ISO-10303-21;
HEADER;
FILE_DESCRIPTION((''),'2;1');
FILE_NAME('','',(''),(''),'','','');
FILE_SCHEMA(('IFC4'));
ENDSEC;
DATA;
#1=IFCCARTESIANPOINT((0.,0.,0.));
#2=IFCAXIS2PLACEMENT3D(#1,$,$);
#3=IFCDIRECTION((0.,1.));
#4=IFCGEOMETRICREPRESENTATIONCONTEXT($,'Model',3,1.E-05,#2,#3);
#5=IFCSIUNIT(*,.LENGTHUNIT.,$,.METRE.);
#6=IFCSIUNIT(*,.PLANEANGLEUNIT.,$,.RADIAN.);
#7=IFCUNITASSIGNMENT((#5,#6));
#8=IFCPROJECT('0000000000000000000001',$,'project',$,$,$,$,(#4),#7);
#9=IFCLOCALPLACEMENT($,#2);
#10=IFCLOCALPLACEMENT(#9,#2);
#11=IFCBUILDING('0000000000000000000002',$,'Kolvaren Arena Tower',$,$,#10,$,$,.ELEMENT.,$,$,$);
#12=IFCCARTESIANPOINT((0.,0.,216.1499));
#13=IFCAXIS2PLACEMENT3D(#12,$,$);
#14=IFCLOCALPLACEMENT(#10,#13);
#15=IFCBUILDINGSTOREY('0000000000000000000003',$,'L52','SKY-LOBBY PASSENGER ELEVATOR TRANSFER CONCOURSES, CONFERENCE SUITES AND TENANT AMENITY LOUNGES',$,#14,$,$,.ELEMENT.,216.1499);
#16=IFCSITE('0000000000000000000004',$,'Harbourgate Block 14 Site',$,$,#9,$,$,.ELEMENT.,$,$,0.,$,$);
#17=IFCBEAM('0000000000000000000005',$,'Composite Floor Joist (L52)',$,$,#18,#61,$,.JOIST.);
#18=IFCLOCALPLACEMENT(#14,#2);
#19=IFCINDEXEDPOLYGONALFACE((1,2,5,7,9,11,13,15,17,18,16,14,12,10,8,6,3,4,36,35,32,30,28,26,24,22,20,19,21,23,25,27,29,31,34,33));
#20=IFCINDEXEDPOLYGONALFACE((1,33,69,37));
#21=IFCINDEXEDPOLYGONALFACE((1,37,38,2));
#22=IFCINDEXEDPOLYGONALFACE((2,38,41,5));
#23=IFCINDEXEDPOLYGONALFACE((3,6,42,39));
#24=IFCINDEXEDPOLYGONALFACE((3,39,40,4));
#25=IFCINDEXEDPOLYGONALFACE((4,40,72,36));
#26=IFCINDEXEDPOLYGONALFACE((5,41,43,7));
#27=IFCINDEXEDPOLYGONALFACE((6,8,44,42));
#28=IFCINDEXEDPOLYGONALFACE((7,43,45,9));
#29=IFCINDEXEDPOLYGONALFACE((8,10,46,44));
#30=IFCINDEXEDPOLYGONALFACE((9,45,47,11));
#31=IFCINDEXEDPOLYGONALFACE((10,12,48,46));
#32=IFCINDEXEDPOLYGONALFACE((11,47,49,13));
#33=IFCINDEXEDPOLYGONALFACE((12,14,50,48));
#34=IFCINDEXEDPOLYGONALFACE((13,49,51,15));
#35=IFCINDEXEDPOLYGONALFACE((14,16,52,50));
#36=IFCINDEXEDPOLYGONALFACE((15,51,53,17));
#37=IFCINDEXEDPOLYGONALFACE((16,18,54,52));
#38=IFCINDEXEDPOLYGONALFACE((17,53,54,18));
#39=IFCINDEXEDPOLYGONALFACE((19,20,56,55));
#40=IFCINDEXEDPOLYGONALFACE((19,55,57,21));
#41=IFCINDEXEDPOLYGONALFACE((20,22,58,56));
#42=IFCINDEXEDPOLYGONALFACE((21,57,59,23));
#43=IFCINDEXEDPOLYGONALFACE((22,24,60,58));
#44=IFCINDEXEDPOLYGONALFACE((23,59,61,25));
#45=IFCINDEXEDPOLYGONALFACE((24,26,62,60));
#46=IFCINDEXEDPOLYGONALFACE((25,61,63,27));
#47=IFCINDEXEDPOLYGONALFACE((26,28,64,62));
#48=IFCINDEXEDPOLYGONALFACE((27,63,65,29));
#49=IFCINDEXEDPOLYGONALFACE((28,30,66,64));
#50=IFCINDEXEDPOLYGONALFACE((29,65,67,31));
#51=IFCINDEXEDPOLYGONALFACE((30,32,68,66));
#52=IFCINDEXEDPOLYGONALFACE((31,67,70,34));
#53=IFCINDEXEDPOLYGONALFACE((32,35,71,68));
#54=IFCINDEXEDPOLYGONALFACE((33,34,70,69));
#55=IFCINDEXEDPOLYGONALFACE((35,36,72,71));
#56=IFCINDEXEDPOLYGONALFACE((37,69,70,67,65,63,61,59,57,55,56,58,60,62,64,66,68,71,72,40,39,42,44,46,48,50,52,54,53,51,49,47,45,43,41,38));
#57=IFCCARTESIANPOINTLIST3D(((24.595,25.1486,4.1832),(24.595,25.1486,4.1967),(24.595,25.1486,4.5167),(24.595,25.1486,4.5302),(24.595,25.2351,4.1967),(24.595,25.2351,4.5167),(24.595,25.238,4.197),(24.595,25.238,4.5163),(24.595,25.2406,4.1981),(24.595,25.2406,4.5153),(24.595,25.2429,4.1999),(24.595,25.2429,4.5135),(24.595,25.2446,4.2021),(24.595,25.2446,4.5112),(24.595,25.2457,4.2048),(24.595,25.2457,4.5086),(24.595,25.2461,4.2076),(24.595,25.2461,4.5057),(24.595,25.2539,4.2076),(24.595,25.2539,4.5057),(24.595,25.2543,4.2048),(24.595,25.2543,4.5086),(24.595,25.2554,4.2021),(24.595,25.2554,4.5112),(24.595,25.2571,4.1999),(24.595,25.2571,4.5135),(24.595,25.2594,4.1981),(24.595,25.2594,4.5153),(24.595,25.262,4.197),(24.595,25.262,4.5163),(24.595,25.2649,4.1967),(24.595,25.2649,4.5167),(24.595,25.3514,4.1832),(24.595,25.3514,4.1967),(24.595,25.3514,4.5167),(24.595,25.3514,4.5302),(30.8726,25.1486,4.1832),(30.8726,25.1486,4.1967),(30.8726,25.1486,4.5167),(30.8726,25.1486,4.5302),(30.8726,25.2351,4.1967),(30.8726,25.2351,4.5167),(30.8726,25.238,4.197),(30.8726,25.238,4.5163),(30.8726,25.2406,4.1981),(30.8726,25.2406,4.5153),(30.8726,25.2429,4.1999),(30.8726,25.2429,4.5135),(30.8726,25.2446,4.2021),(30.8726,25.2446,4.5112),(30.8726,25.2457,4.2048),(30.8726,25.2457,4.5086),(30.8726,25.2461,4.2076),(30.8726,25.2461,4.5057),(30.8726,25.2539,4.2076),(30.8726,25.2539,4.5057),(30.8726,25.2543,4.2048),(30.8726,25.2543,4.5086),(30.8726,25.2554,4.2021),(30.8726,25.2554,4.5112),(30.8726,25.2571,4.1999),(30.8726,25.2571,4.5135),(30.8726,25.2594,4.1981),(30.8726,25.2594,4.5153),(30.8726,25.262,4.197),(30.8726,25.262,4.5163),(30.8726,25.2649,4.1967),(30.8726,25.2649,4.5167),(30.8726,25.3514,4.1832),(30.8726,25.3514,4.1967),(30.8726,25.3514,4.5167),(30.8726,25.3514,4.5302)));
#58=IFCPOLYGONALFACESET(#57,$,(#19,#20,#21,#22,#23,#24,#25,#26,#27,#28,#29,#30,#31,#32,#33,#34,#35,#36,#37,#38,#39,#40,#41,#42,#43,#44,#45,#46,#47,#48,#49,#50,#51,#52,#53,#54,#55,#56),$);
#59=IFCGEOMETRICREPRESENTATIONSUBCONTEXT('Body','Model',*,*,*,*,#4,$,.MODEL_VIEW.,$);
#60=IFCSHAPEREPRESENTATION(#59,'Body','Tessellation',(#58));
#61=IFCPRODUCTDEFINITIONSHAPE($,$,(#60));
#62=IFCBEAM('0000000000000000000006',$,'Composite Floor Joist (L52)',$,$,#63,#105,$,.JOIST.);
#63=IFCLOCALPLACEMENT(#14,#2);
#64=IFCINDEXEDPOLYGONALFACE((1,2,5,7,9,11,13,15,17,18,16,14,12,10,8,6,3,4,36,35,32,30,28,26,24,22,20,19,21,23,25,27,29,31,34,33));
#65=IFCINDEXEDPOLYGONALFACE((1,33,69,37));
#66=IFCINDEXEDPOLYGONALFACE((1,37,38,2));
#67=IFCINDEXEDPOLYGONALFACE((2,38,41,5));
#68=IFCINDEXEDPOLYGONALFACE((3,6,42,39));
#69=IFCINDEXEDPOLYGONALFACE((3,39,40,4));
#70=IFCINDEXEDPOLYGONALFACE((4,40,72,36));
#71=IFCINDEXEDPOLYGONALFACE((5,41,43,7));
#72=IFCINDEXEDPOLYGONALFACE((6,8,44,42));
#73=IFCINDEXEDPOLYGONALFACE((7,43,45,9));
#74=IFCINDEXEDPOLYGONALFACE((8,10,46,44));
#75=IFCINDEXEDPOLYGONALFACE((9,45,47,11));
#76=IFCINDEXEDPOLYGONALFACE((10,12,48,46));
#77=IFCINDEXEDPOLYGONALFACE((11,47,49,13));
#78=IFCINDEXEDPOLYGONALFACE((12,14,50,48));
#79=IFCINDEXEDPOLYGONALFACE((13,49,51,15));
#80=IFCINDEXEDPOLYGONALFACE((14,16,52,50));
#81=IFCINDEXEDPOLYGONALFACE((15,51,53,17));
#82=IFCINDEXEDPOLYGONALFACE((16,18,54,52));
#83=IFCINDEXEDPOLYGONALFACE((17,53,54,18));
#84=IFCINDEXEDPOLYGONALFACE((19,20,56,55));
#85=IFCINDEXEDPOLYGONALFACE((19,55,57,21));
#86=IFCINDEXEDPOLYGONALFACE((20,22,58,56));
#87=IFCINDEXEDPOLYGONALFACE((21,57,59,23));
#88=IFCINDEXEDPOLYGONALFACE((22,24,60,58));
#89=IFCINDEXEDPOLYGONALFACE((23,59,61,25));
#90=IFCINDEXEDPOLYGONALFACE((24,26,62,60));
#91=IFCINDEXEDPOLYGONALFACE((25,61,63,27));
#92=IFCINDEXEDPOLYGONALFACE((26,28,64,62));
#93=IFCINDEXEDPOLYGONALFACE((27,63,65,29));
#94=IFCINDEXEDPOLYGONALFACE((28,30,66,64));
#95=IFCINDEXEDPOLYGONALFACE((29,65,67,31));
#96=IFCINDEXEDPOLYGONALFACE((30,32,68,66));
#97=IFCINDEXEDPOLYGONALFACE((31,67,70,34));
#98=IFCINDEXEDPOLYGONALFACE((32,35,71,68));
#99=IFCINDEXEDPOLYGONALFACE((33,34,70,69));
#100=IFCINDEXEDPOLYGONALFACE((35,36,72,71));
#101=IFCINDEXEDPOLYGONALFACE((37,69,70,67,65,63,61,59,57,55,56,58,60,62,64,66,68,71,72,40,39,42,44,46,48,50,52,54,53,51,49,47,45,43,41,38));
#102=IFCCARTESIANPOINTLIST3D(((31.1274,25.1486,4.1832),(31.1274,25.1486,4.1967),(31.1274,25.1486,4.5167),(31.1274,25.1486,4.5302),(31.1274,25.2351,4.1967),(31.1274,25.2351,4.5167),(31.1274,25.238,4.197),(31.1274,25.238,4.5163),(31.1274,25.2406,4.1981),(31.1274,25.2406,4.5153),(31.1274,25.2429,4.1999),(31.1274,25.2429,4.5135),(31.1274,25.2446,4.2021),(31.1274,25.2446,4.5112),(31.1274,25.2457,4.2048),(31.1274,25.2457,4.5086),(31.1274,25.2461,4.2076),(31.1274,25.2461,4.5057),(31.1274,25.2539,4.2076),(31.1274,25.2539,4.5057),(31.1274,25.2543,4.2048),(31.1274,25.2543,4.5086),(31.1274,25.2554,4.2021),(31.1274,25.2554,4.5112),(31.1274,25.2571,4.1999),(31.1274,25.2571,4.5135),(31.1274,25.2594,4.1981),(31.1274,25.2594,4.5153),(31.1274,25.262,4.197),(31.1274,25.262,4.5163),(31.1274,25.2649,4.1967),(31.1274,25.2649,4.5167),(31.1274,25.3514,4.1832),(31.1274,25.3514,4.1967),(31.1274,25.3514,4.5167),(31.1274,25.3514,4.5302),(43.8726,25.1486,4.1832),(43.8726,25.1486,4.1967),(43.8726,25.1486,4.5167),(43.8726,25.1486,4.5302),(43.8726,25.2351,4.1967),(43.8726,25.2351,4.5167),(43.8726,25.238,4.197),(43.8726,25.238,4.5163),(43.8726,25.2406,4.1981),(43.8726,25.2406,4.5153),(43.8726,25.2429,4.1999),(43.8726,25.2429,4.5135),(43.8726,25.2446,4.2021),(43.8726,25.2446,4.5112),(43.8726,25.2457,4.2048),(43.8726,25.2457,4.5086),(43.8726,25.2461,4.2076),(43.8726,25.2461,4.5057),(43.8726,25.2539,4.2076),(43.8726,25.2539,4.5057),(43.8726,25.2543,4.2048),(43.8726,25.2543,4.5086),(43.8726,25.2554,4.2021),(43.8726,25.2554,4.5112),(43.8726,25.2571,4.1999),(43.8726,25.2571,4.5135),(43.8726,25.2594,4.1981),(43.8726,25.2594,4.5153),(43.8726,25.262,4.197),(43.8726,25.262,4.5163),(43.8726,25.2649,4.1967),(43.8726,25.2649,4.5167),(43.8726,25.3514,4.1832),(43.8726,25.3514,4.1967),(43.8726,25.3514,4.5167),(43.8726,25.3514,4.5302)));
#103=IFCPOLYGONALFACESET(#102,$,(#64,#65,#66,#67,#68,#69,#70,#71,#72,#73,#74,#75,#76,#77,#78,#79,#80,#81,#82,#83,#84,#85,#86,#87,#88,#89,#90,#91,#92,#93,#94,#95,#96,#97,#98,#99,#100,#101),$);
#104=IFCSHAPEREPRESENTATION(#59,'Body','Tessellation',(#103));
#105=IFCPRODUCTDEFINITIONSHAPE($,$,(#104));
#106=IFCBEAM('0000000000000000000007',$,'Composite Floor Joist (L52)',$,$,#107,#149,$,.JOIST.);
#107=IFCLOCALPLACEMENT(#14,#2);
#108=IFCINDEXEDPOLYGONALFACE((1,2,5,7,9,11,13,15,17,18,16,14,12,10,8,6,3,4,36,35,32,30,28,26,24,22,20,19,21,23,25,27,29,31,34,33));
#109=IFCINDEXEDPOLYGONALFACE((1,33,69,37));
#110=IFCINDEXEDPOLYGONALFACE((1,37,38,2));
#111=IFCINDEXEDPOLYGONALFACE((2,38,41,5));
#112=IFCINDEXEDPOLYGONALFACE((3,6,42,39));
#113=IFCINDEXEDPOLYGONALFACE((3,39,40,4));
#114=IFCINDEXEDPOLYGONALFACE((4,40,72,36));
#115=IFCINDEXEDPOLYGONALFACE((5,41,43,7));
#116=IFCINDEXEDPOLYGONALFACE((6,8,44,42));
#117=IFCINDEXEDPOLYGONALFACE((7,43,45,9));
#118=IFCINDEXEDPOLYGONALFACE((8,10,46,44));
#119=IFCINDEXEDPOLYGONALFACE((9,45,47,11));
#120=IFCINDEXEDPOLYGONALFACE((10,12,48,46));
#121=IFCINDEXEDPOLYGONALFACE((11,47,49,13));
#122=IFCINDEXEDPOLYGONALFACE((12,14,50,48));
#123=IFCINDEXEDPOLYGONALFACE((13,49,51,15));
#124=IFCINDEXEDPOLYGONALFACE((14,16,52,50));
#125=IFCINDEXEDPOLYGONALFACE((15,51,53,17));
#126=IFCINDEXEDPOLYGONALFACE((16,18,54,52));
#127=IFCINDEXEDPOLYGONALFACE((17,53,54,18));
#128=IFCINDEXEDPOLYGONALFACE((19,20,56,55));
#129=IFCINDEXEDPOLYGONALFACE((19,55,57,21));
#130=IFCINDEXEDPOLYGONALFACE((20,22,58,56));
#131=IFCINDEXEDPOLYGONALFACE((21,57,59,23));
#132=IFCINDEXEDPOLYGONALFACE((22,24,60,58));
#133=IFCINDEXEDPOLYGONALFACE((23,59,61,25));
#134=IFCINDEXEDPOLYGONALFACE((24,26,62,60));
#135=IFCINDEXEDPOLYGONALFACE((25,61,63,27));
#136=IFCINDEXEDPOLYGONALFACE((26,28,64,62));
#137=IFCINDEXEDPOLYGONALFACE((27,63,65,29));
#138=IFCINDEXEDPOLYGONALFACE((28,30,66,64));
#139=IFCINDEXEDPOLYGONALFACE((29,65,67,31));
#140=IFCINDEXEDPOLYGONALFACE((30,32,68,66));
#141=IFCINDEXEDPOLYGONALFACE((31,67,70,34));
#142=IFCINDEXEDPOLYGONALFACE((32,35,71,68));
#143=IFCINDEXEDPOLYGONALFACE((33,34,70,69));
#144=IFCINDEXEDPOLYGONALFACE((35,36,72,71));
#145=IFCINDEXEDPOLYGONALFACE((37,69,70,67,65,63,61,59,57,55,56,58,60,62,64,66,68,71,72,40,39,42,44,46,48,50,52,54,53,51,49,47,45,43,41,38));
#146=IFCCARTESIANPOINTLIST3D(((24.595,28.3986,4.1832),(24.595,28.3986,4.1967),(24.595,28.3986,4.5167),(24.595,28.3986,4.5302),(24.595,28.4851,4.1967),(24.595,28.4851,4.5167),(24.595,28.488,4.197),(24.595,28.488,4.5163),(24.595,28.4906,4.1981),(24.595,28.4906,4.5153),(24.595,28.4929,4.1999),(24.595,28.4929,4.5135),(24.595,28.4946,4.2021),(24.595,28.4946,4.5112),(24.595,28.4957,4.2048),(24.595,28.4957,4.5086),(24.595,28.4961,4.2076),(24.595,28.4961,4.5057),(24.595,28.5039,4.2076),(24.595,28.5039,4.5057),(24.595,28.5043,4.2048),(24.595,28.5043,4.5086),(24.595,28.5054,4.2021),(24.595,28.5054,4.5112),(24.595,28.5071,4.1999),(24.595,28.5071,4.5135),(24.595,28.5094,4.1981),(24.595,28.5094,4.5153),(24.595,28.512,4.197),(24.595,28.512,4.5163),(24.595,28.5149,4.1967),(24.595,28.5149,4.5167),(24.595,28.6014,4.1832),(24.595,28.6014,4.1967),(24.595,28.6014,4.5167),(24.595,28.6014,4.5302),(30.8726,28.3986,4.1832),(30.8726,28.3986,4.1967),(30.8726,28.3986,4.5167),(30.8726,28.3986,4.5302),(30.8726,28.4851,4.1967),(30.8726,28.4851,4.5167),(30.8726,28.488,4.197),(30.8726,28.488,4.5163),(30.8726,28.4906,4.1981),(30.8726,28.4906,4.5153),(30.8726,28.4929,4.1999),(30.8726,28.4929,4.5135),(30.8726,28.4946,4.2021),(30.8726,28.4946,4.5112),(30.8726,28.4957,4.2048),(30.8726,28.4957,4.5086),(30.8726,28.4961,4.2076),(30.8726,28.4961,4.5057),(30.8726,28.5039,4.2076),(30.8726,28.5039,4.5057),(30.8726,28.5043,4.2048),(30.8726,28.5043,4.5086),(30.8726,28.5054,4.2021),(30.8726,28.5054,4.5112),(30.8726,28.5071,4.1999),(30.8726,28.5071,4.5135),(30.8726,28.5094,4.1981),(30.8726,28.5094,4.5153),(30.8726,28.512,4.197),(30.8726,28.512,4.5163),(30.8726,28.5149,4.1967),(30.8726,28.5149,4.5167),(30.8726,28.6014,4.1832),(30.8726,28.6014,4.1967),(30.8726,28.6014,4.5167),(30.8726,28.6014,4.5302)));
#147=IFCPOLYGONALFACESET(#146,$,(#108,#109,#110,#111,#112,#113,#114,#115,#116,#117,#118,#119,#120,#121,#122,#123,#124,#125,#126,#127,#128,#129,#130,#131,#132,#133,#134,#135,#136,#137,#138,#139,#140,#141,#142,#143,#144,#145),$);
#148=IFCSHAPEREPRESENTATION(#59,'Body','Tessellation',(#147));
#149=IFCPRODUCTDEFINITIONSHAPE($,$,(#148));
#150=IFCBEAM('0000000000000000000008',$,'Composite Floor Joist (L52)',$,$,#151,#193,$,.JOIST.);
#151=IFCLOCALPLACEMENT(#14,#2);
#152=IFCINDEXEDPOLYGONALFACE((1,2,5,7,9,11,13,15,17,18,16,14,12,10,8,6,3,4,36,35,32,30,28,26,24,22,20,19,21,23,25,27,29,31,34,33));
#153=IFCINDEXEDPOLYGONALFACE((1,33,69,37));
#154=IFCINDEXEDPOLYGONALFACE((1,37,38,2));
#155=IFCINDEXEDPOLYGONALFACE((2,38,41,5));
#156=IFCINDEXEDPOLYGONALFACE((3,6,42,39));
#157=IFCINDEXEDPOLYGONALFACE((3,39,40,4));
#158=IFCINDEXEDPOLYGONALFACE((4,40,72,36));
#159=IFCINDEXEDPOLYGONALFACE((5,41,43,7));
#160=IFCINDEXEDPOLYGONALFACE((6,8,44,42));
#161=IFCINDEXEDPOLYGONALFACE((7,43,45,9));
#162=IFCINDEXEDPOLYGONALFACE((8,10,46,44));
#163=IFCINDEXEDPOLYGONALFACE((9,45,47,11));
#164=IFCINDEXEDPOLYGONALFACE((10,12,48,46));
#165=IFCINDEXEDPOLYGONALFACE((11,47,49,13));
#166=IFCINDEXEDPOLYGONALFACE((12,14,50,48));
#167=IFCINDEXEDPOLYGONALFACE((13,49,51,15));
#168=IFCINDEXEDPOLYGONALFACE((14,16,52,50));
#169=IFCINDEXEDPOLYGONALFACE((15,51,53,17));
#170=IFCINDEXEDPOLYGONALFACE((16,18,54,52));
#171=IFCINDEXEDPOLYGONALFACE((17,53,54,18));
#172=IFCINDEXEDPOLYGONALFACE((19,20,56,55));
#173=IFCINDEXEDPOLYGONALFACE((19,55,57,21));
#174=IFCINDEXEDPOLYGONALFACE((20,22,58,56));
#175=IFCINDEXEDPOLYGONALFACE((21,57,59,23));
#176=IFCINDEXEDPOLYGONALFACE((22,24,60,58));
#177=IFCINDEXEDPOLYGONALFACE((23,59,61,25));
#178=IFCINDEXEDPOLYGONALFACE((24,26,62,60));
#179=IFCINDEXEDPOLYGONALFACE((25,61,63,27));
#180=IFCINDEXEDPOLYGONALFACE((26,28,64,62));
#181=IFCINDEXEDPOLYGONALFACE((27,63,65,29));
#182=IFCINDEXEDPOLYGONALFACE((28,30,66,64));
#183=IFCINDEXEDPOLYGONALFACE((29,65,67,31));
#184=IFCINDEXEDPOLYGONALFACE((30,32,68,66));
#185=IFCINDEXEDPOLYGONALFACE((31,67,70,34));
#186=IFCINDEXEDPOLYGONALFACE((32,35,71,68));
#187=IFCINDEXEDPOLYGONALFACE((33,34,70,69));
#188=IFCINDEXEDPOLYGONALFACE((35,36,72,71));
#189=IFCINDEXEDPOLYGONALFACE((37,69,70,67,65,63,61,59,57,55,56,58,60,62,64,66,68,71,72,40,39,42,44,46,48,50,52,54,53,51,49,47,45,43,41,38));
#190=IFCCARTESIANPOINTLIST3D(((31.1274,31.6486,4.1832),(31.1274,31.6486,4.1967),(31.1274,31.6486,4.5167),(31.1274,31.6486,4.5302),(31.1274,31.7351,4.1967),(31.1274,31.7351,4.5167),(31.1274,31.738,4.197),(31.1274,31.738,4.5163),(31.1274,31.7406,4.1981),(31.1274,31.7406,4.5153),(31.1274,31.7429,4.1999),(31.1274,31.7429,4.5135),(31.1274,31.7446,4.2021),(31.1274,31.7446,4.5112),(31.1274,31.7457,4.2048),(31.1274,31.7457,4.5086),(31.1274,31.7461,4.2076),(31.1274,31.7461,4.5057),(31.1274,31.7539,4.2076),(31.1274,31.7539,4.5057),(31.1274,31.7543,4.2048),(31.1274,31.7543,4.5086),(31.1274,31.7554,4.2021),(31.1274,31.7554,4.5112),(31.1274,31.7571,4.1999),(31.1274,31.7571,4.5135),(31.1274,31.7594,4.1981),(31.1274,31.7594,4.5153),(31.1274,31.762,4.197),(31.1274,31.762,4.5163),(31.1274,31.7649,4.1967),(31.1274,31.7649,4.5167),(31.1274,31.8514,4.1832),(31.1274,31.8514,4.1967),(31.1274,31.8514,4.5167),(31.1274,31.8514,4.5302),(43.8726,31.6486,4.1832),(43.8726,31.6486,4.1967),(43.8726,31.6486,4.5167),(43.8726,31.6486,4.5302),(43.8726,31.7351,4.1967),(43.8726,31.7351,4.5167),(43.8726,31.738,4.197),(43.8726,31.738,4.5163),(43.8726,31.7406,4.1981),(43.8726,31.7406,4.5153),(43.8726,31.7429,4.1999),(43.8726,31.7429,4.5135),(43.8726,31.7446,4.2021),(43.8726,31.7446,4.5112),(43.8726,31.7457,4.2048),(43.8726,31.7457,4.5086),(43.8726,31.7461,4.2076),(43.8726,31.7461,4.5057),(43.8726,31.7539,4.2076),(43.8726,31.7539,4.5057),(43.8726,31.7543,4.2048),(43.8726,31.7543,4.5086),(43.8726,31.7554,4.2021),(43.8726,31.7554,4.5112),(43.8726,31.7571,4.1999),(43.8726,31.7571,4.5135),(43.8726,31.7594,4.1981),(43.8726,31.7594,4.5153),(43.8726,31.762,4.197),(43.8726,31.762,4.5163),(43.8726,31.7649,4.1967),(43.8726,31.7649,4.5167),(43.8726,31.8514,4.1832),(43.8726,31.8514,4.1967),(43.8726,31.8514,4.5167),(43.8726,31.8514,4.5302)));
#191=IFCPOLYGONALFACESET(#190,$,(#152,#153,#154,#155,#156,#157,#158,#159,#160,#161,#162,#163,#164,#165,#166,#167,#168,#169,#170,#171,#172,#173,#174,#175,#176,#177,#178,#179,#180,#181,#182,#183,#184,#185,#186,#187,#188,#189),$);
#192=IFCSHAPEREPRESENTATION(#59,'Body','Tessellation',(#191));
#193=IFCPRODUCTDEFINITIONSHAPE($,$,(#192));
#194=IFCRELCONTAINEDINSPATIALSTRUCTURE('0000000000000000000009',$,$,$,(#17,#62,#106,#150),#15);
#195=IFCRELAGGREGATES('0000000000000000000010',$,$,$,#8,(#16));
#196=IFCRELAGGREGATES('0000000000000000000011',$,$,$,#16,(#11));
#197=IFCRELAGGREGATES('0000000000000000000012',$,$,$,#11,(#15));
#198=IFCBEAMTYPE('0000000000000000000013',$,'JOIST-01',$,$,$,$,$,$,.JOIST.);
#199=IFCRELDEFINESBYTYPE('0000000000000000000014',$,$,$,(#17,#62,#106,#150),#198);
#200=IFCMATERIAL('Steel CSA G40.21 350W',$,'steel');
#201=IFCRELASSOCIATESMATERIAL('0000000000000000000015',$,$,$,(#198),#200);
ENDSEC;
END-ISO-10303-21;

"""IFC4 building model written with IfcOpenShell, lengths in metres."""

from ifc_helpers import new_model, si_unit, direction, frame, origin, origin_2d, place, context, subcontext, project, spatial, i_section, extrude, material, material_profile, profile_set, type_object, element, save


model = new_model("IFC4")

# Units and contexts
model_context = context("Model", 3, precision=1e-05, world=origin(), true_north=direction((0.0, 1.0)))
body_context = subcontext(model_context, "Body", "Model", "MODEL_VIEW")
ifc_project = project(units=[si_unit("LENGTHUNIT", "METRE"), si_unit("PLANEANGLEUNIT", "RADIAN")], contexts=[model_context])

# Site, building, storey
site_placement = place(None, origin())
site = spatial("IfcSite", under=ifc_project, at=site_placement, Name="Harbourgate Block 14 Site", CompositionType="ELEMENT", RefElevation=0.0)
building_placement = place(site_placement, origin())
building = spatial("IfcBuilding", under=site, at=building_placement, Name="Kolvaren Arena Tower", CompositionType="ELEMENT")
storey_placement = place(building_placement, frame((0.0, 0.0, 216.1499)))
storey = spatial("IfcBuildingStorey", under=building, at=storey_placement, Name="L52", Description="SKY-LOBBY PASSENGER ELEVATOR TRANSFER CONCOURSES, CONFERENCE SUITES AND TENANT AMENITY LOUNGES", CompositionType="ELEMENT", Elevation=216.1499)

# Beams
ifc_material_1 = material(Name="Steel CSA G40.21 350W", Category="steel")
ifc_material_profile_1 = material_profile(ifc_material_1, i_section(OverallWidth=0.2029, OverallDepth=0.3469, WebThickness=0.0078, FlangeThickness=0.0134, FilletRadius=0.011, at=origin_2d()), Name="W360x64")
ifc_profile_set_1 = profile_set([ifc_material_profile_1], Name="Steel CSA G40.21 350W")
beam_type_1 = type_object("IfcBeamType", Name="JOIST-01", PredefinedType="JOIST", material=ifc_profile_set_1)
beam_1_placement = place(storey_placement, frame((24.595, 25.25, 4.3567), z_axis=(1.0, 0.0, 0.0), x_axis=(0.0, 1.0, 0.0)))
element("IfcBeam", 1, at=beam_1_placement, inside=storey, type_object=beam_type_1, Name="Composite Floor Joist (L52)", PredefinedType="JOIST", context=body_context, shape_type="SweptSolid", body=[
    extrude(i_section(OverallWidth=0.2029, OverallDepth=0.3469, WebThickness=0.0078, FlangeThickness=0.0134, FilletRadius=0.011, at=origin_2d()), origin(), (0.0, 0.0, 1.0), 6.2776),
])
beam_2_placement = place(storey_placement, frame((31.1274, 25.25, 4.3567), z_axis=(1.0, 0.0, 0.0), x_axis=(0.0, 1.0, 0.0)))
element("IfcBeam", 2, at=beam_2_placement, inside=storey, type_object=beam_type_1, Name="Composite Floor Joist (L52)", PredefinedType="JOIST", context=body_context, shape_type="SweptSolid", body=[
    extrude(i_section(OverallWidth=0.2029, OverallDepth=0.3469, WebThickness=0.0078, FlangeThickness=0.0134, FilletRadius=0.011, at=origin_2d()), origin(), (0.0, 0.0, 1.0), 12.7451),
])
beam_3_placement = place(storey_placement, frame((24.595, 28.5, 4.3567), z_axis=(1.0, 0.0, 0.0), x_axis=(0.0, 1.0, 0.0)))
element("IfcBeam", 3, at=beam_3_placement, inside=storey, type_object=beam_type_1, Name="Composite Floor Joist (L52)", PredefinedType="JOIST", context=body_context, shape_type="SweptSolid", body=[
    extrude(i_section(OverallWidth=0.2029, OverallDepth=0.3469, WebThickness=0.0078, FlangeThickness=0.0134, FilletRadius=0.011, at=origin_2d()), origin(), (0.0, 0.0, 1.0), 6.2776),
])
beam_4_placement = place(storey_placement, frame((31.1274, 31.75, 4.3567), z_axis=(1.0, 0.0, 0.0), x_axis=(0.0, 1.0, 0.0)))
element("IfcBeam", 4, at=beam_4_placement, inside=storey, type_object=beam_type_1, Name="Composite Floor Joist (L52)", PredefinedType="JOIST", context=body_context, shape_type="SweptSolid", body=[
    extrude(i_section(OverallWidth=0.2029, OverallDepth=0.3469, WebThickness=0.0078, FlangeThickness=0.0134, FilletRadius=0.011, at=origin_2d()), origin(), (0.0, 0.0, 1.0), 12.7451),
])

save(model, "model.ifc")
